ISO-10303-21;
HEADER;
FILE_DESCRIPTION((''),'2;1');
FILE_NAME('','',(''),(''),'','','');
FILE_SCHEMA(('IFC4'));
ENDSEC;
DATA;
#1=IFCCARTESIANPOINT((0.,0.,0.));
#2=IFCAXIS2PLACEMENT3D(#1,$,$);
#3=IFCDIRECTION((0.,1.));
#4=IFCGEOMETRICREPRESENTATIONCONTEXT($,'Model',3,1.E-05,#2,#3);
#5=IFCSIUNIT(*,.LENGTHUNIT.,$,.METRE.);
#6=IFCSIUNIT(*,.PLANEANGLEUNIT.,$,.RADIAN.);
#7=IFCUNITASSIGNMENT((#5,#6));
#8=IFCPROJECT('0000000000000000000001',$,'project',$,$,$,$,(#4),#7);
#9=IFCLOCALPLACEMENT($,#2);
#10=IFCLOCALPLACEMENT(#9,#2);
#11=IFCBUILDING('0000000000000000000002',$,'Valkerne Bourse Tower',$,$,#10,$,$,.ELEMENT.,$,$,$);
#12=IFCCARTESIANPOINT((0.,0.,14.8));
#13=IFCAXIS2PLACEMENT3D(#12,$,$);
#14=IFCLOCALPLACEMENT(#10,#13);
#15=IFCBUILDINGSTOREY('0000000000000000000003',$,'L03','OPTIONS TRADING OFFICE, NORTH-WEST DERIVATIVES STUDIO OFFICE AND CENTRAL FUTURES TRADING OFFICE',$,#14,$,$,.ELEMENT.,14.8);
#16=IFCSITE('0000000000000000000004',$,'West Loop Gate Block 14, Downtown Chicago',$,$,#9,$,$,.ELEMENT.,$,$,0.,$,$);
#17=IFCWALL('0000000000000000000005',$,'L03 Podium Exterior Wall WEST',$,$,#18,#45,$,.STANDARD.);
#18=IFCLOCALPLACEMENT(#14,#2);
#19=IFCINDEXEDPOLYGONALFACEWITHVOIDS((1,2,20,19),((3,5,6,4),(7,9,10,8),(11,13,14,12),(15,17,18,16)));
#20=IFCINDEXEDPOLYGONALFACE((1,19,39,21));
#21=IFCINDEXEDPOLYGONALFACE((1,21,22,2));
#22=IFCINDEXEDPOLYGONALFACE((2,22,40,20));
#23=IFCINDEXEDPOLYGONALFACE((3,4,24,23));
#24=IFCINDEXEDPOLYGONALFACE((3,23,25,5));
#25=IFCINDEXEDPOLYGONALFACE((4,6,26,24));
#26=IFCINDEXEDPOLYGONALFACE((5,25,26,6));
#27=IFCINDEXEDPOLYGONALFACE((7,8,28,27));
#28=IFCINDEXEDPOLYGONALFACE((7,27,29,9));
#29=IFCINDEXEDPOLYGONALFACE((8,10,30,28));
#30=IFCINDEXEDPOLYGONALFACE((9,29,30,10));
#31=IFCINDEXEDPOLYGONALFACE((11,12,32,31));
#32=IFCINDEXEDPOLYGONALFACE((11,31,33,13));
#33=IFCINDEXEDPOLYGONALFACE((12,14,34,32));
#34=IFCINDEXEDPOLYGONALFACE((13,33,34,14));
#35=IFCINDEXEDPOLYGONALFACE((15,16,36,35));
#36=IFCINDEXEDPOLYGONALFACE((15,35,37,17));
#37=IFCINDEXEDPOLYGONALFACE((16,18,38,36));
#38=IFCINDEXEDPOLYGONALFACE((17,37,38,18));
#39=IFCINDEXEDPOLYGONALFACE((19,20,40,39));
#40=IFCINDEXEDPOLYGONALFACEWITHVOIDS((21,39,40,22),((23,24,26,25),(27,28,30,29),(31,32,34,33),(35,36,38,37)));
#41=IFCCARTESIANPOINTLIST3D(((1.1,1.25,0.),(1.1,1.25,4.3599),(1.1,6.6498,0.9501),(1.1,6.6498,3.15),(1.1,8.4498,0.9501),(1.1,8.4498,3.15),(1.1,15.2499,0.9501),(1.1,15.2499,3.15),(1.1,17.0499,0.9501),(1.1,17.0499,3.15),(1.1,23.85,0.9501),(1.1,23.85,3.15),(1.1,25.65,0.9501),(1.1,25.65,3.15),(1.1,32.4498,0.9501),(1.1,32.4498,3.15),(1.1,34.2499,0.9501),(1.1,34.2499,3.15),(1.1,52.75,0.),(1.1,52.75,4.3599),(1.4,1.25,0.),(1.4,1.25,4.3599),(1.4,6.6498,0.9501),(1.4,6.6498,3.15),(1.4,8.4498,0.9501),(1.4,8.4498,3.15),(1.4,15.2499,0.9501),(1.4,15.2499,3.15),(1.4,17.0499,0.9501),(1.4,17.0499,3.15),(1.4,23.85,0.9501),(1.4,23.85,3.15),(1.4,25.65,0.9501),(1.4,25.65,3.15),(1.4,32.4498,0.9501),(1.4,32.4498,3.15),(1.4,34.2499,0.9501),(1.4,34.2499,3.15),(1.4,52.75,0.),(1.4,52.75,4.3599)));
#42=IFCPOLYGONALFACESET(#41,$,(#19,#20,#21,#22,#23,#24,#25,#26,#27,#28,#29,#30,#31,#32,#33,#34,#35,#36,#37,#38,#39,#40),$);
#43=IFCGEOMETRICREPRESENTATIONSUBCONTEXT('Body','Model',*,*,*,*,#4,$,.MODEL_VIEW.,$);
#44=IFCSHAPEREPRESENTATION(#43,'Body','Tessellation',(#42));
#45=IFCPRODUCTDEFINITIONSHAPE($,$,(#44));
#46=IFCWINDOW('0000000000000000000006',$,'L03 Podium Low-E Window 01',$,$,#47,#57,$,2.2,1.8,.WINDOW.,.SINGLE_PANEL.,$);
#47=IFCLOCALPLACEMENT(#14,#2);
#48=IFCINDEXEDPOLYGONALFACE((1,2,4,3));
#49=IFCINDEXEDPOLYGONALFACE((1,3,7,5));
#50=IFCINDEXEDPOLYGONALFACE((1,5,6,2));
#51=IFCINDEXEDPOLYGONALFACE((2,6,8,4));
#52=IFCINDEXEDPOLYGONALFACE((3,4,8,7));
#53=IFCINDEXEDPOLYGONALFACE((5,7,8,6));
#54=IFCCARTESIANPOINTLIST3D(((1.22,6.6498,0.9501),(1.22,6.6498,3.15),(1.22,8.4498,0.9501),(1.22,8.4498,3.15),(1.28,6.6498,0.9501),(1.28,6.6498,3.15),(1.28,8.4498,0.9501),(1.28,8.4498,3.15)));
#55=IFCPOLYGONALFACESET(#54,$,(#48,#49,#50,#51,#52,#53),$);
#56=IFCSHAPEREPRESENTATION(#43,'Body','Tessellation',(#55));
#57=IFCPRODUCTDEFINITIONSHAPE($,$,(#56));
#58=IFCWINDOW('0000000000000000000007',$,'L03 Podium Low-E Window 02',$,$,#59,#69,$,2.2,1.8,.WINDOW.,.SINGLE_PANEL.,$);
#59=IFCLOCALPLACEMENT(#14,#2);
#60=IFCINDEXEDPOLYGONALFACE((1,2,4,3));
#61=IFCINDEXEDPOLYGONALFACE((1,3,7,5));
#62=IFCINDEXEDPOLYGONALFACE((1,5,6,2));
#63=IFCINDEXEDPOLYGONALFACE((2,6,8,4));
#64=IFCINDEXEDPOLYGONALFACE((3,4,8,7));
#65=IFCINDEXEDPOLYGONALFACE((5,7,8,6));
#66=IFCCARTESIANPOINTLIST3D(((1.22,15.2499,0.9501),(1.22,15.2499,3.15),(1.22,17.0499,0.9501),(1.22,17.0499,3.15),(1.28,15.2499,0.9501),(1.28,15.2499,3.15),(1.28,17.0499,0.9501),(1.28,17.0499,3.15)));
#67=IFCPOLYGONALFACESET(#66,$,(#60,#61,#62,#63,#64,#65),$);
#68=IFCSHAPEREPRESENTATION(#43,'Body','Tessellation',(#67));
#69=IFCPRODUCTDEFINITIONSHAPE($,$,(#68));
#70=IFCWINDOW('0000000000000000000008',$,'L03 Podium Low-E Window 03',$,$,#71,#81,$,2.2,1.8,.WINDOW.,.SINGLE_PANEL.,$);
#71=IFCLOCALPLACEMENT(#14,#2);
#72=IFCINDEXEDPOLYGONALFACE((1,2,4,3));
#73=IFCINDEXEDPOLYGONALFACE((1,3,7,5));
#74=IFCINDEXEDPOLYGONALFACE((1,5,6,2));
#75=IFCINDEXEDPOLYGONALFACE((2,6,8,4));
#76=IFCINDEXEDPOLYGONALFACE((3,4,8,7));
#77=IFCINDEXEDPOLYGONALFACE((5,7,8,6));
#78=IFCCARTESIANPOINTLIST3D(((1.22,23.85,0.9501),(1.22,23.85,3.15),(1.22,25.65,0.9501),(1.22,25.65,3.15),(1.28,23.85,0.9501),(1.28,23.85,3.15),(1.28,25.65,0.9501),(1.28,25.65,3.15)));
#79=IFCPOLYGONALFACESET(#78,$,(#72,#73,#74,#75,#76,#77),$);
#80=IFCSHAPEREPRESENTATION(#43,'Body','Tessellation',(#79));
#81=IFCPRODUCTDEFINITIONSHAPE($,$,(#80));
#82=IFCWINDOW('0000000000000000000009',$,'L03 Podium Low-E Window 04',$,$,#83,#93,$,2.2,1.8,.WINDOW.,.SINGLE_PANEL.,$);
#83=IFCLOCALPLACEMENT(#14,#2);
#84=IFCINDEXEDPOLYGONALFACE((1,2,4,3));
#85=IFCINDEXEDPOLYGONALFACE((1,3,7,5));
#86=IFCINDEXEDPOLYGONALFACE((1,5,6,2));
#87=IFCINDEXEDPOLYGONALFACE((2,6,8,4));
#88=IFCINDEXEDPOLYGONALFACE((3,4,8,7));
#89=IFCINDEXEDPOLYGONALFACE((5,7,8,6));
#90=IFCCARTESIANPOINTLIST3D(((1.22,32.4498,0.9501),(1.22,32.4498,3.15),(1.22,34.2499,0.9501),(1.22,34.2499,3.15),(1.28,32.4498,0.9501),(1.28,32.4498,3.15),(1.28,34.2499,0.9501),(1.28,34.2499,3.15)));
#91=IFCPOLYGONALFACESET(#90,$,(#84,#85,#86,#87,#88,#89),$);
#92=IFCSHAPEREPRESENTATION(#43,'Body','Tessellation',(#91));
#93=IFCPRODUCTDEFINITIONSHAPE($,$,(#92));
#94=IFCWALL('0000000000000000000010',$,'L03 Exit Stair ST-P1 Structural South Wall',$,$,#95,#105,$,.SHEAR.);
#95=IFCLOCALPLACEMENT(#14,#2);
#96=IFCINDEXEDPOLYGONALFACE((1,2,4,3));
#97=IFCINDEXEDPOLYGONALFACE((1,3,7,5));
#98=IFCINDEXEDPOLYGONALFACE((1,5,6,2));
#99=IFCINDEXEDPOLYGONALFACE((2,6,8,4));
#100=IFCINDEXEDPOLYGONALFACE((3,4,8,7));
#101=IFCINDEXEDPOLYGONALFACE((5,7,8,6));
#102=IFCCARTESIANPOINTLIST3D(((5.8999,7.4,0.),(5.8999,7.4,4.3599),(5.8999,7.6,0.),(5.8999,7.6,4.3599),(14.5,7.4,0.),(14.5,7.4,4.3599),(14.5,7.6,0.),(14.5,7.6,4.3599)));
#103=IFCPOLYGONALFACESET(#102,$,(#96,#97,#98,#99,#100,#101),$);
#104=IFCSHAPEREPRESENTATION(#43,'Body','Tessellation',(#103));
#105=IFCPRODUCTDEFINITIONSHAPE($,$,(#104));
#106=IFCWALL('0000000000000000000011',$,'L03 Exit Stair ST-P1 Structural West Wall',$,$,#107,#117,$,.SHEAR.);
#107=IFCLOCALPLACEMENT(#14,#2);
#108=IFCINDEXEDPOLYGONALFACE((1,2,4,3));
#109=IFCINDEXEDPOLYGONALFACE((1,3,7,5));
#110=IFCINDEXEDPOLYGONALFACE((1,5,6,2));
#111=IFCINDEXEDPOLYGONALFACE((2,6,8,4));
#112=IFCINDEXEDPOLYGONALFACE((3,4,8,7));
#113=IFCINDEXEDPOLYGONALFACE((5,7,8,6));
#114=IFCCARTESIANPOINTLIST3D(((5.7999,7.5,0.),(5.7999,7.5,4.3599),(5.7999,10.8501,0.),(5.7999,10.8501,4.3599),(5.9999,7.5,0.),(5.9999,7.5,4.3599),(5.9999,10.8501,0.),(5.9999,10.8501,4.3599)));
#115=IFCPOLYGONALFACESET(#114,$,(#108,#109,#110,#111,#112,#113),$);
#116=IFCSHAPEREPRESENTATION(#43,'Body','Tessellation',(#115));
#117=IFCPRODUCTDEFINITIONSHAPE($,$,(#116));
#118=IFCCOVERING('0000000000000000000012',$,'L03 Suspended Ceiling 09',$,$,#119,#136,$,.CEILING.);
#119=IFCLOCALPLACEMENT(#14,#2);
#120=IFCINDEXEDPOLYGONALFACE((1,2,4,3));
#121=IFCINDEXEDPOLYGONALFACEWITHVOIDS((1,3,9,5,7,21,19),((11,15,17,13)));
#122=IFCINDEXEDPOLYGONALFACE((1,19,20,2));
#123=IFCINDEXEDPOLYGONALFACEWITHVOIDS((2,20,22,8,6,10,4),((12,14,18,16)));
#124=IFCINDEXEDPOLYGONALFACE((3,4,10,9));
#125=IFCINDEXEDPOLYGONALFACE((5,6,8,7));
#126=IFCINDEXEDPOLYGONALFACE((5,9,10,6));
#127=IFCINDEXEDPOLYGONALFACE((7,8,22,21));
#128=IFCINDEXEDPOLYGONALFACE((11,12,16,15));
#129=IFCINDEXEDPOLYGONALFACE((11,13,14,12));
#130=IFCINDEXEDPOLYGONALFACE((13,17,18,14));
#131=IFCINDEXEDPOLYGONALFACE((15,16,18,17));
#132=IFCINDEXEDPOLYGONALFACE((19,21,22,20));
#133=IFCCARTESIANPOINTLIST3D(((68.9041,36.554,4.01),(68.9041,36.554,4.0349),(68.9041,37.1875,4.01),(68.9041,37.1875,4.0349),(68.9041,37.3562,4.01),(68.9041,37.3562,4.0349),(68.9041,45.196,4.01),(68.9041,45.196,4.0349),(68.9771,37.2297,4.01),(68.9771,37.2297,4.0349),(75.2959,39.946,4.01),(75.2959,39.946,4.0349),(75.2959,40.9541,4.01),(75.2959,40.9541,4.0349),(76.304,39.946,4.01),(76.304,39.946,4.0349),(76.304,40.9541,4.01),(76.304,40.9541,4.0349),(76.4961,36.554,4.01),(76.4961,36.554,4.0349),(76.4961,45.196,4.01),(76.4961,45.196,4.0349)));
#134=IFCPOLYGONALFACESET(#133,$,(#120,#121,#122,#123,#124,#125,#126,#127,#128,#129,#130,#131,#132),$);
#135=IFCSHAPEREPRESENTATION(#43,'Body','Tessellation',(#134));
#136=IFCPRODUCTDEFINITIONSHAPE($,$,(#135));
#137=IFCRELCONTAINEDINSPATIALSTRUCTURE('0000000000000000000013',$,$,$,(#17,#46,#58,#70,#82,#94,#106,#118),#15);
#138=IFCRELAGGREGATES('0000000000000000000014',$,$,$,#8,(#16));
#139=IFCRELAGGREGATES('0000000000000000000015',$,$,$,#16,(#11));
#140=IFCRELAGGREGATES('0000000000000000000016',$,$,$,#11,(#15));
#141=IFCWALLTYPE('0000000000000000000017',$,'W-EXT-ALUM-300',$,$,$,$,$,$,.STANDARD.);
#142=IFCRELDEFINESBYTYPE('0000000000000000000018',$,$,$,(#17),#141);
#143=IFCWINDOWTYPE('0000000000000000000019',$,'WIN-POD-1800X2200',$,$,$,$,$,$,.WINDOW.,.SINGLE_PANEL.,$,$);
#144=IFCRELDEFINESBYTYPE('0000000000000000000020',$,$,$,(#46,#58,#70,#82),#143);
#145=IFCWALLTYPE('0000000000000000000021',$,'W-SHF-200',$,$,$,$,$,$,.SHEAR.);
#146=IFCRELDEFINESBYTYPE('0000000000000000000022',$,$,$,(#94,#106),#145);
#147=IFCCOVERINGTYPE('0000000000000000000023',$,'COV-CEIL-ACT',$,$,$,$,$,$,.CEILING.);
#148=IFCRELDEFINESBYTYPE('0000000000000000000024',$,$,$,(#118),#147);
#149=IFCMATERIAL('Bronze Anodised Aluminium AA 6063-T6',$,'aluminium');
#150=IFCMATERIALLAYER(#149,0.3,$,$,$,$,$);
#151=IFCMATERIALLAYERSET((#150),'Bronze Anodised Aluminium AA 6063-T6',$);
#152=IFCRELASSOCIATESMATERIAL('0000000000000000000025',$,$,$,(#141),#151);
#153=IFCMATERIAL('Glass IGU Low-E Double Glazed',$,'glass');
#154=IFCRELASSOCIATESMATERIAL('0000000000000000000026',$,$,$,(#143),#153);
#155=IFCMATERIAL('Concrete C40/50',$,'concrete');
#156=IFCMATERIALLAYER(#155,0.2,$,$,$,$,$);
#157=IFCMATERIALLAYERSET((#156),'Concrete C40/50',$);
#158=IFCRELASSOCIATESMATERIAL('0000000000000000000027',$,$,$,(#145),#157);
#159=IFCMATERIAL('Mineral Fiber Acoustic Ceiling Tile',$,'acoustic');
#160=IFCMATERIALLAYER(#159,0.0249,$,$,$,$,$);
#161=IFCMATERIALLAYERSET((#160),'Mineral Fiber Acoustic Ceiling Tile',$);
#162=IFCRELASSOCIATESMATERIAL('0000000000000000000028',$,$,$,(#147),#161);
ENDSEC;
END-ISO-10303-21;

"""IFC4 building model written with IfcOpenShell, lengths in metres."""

from ifc_helpers import new_model, si_unit, direction, frame, frame_2d, origin, place, context, subcontext, project, spatial, polyline, rectangle, outline, extrude, material, layer, layer_set, type_object, element, fill, save


model = new_model("IFC4")

# Units and contexts
model_context = context("Model", 3, precision=1e-05, world=origin(), true_north=direction((0.0, 1.0)))
body_context = subcontext(model_context, "Body", "Model", "MODEL_VIEW")
ifc_project = project(units=[si_unit("LENGTHUNIT", "METRE"), si_unit("PLANEANGLEUNIT", "RADIAN")], contexts=[model_context])

# Site, building, storey
site_placement = place(None, origin())
site = spatial("IfcSite", under=ifc_project, at=site_placement, Name="West Loop Gate Block 14, Downtown Chicago", CompositionType="ELEMENT", RefElevation=0.0)
building_placement = place(site_placement, origin())
building = spatial("IfcBuilding", under=site, at=building_placement, Name="Valkerne Bourse Tower", CompositionType="ELEMENT")
storey_placement = place(building_placement, frame((0.0, 0.0, 14.8)))
storey = spatial("IfcBuildingStorey", under=building, at=storey_placement, Name="L03", Description="OPTIONS TRADING OFFICE, NORTH-WEST DERIVATIVES STUDIO OFFICE AND CENTRAL FUTURES TRADING OFFICE", CompositionType="ELEMENT", Elevation=14.8)

# Wall, openings, windows
ifc_material_1 = material(Name="Bronze Anodised Aluminium AA 6063-T6", Category="aluminium")
ifc_layer_1 = layer(ifc_material_1, 0.3)
ifc_layer_set_1 = layer_set([ifc_layer_1], Name="Bronze Anodised Aluminium AA 6063-T6")
wall_type_1 = type_object("IfcWallType", Name="W-EXT-ALUM-300", PredefinedType="STANDARD", material=ifc_layer_set_1)
wall_1_placement = place(storey_placement, frame((1.25, 1.25, 0.0), z_axis=(0.0, 0.0, 1.0), x_axis=(0.0, 1.0, 0.0)))
wall_1 = element("IfcWall", 1, at=wall_1_placement, inside=storey, type_object=wall_type_1, Name="L03 Podium Exterior Wall WEST", PredefinedType="STANDARD", context=body_context, shape_type="SweptSolid", body=[
    extrude(rectangle(XDim=51.5, YDim=0.3, at=frame_2d((25.75, 0.0))), origin(), (0.0, 0.0, 1.0), 4.3599),
])
opening_1_placement = place(wall_1_placement, frame((5.3999, 0.0, 0.95)))
opening_1 = element("IfcOpeningElement", 2, at=opening_1_placement, cuts=wall_1, PredefinedType="OPENING", context=body_context, shape_type="SweptSolid", body=[
    extrude(rectangle(XDim=1.8, YDim=2.2, at=frame_2d((0.8999, 1.1001))), frame((0.0, 0.1599, 0.0), z_axis=(0.0, -1.0, 0.0), x_axis=(1.0, 0.0, 0.0)), (0.0, 0.0, 1.0), 0.3201),
])
opening_2_placement = place(wall_1_placement, frame((14.0, 0.0, 0.95)))
opening_2 = element("IfcOpeningElement", 3, at=opening_2_placement, cuts=wall_1, PredefinedType="OPENING", context=body_context, shape_type="SweptSolid", body=[
    extrude(rectangle(XDim=1.8, YDim=2.2, at=frame_2d((0.8999, 1.1001))), frame((0.0, 0.1599, 0.0), z_axis=(0.0, -1.0, 0.0), x_axis=(1.0, 0.0, 0.0)), (0.0, 0.0, 1.0), 0.3201),
])
opening_3_placement = place(wall_1_placement, frame((22.6001, 0.0, 0.95)))
opening_3 = element("IfcOpeningElement", 4, at=opening_3_placement, cuts=wall_1, PredefinedType="OPENING", context=body_context, shape_type="SweptSolid", body=[
    extrude(rectangle(XDim=1.8, YDim=2.2, at=frame_2d((0.8999, 1.1001))), frame((0.0, 0.1599, 0.0), z_axis=(0.0, -1.0, 0.0), x_axis=(1.0, 0.0, 0.0)), (0.0, 0.0, 1.0), 0.3201),
])
opening_4_placement = place(wall_1_placement, frame((31.2, 0.0, 0.95)))
opening_4 = element("IfcOpeningElement", 5, at=opening_4_placement, cuts=wall_1, PredefinedType="OPENING", context=body_context, shape_type="SweptSolid", body=[
    extrude(rectangle(XDim=1.8, YDim=2.2, at=frame_2d((0.8999, 1.1001))), frame((0.0, 0.1599, 0.0), z_axis=(0.0, -1.0, 0.0), x_axis=(1.0, 0.0, 0.0)), (0.0, 0.0, 1.0), 0.3201),
])
ifc_material_2 = material(Name="Glass IGU Low-E Double Glazed", Category="glass")
window_type = type_object("IfcWindowType", Name="WIN-POD-1800X2200", PartitioningType="SINGLE_PANEL", PredefinedType="WINDOW", material=ifc_material_2)
window_1_placement = place(opening_1_placement, origin())
window_1 = element("IfcWindow", 6, at=window_1_placement, inside=storey, type_object=window_type, Name="L03 Podium Low-E Window 01", OverallHeight=2.2, OverallWidth=1.8, PartitioningType="SINGLE_PANEL", PredefinedType="WINDOW", context=body_context, shape_type="SweptSolid", body=[
    extrude(rectangle(XDim=1.8, YDim=2.2, at=frame_2d((0.8999, 1.1001))), frame((0.0, 0.03, 0.0), z_axis=(0.0, -1.0, 0.0), x_axis=(1.0, 0.0, 0.0)), (0.0, 0.0, 1.0), 0.0601),
])
fill(opening_1, window_1)
window_2_placement = place(opening_2_placement, origin())
window_2 = element("IfcWindow", 7, at=window_2_placement, inside=storey, type_object=window_type, Name="L03 Podium Low-E Window 02", OverallHeight=2.2, OverallWidth=1.8, PartitioningType="SINGLE_PANEL", PredefinedType="WINDOW", context=body_context, shape_type="SweptSolid", body=[
    extrude(rectangle(XDim=1.8, YDim=2.2, at=frame_2d((0.8999, 1.1001))), frame((0.0, 0.03, 0.0), z_axis=(0.0, -1.0, 0.0), x_axis=(1.0, 0.0, 0.0)), (0.0, 0.0, 1.0), 0.0601),
])
fill(opening_2, window_2)
window_3_placement = place(opening_3_placement, origin())
window_3 = element("IfcWindow", 8, at=window_3_placement, inside=storey, type_object=window_type, Name="L03 Podium Low-E Window 03", OverallHeight=2.2, OverallWidth=1.8, PartitioningType="SINGLE_PANEL", PredefinedType="WINDOW", context=body_context, shape_type="SweptSolid", body=[
    extrude(rectangle(XDim=1.8, YDim=2.2, at=frame_2d((0.8999, 1.1001))), frame((0.0, 0.03, 0.0), z_axis=(0.0, -1.0, 0.0), x_axis=(1.0, 0.0, 0.0)), (0.0, 0.0, 1.0), 0.0601),
])
fill(opening_3, window_3)
window_4_placement = place(opening_4_placement, origin())
window_4 = element("IfcWindow", 9, at=window_4_placement, inside=storey, type_object=window_type, Name="L03 Podium Low-E Window 04", OverallHeight=2.2, OverallWidth=1.8, PartitioningType="SINGLE_PANEL", PredefinedType="WINDOW", context=body_context, shape_type="SweptSolid", body=[
    extrude(rectangle(XDim=1.8, YDim=2.2, at=frame_2d((0.8999, 1.1001))), frame((0.0, 0.03, 0.0), z_axis=(0.0, -1.0, 0.0), x_axis=(1.0, 0.0, 0.0)), (0.0, 0.0, 1.0), 0.0601),
])
fill(opening_4, window_4)

# Walls
ifc_material_3 = material(Name="Concrete C40/50", Category="concrete")
ifc_layer_2 = layer(ifc_material_3, 0.2)
ifc_layer_set_2 = layer_set([ifc_layer_2], Name="Concrete C40/50")
wall_type_2 = type_object("IfcWallType", Name="W-SHF-200", PredefinedType="SHEAR", material=ifc_layer_set_2)
wall_2_placement = place(storey_placement, frame((5.8999, 7.5, 0.0), z_axis=(0.0, 0.0, 1.0), x_axis=(1.0, 0.0, 0.0)))
element("IfcWall", 10, at=wall_2_placement, inside=storey, type_object=wall_type_2, Name="L03 Exit Stair ST-P1 Structural South Wall", PredefinedType="SHEAR", context=body_context, shape_type="SweptSolid", body=[
    extrude(rectangle(XDim=8.6001, YDim=0.2, at=frame_2d((4.3, 0.0))), origin(), (0.0, 0.0, 1.0), 4.3599),
])
wall_3_placement = place(storey_placement, frame((5.8999, 7.5, 0.0), z_axis=(0.0, 0.0, 1.0), x_axis=(0.0, 1.0, 0.0)))
element("IfcWall", 11, at=wall_3_placement, inside=storey, type_object=wall_type_2, Name="L03 Exit Stair ST-P1 Structural West Wall", PredefinedType="SHEAR", context=body_context, shape_type="SweptSolid", body=[
    extrude(rectangle(XDim=3.3501, YDim=0.2, at=frame_2d((1.675, 0.0))), origin(), (0.0, 0.0, 1.0), 4.3599),
])

# Covering
ifc_material_4 = material(Name="Mineral Fiber Acoustic Ceiling Tile", Category="acoustic")
ifc_layer_3 = layer(ifc_material_4, 0.0249)
ifc_layer_set_3 = layer_set([ifc_layer_3], Name="Mineral Fiber Acoustic Ceiling Tile")
covering_type_1 = type_object("IfcCoveringType", Name="COV-CEIL-ACT", PredefinedType="CEILING", material=ifc_layer_set_3)
covering_1_placement = place(storey_placement, frame((0.0, 0.0, 4.01)))
element("IfcCovering", 12, at=covering_1_placement, inside=storey, type_object=covering_type_1, Name="L03 Suspended Ceiling 09", PredefinedType="CEILING", context=body_context, shape_type="SweptSolid", body=[
    extrude(outline(polyline([(68.9041, 37.1875), (68.9771, 37.2297), (68.9041, 37.3562), (68.9041, 45.196), (76.4961, 45.196), (76.4961, 36.554), (68.9041, 36.554), (68.9041, 37.1875)]), holes=[polyline([(76.304, 40.9541), (75.2959, 40.9541), (75.2959, 39.946), (76.304, 39.946), (76.304, 40.9541)])]), origin(), (0.0, 0.0, 1.0), 0.0249),
])

save(model, "model.ifc")
